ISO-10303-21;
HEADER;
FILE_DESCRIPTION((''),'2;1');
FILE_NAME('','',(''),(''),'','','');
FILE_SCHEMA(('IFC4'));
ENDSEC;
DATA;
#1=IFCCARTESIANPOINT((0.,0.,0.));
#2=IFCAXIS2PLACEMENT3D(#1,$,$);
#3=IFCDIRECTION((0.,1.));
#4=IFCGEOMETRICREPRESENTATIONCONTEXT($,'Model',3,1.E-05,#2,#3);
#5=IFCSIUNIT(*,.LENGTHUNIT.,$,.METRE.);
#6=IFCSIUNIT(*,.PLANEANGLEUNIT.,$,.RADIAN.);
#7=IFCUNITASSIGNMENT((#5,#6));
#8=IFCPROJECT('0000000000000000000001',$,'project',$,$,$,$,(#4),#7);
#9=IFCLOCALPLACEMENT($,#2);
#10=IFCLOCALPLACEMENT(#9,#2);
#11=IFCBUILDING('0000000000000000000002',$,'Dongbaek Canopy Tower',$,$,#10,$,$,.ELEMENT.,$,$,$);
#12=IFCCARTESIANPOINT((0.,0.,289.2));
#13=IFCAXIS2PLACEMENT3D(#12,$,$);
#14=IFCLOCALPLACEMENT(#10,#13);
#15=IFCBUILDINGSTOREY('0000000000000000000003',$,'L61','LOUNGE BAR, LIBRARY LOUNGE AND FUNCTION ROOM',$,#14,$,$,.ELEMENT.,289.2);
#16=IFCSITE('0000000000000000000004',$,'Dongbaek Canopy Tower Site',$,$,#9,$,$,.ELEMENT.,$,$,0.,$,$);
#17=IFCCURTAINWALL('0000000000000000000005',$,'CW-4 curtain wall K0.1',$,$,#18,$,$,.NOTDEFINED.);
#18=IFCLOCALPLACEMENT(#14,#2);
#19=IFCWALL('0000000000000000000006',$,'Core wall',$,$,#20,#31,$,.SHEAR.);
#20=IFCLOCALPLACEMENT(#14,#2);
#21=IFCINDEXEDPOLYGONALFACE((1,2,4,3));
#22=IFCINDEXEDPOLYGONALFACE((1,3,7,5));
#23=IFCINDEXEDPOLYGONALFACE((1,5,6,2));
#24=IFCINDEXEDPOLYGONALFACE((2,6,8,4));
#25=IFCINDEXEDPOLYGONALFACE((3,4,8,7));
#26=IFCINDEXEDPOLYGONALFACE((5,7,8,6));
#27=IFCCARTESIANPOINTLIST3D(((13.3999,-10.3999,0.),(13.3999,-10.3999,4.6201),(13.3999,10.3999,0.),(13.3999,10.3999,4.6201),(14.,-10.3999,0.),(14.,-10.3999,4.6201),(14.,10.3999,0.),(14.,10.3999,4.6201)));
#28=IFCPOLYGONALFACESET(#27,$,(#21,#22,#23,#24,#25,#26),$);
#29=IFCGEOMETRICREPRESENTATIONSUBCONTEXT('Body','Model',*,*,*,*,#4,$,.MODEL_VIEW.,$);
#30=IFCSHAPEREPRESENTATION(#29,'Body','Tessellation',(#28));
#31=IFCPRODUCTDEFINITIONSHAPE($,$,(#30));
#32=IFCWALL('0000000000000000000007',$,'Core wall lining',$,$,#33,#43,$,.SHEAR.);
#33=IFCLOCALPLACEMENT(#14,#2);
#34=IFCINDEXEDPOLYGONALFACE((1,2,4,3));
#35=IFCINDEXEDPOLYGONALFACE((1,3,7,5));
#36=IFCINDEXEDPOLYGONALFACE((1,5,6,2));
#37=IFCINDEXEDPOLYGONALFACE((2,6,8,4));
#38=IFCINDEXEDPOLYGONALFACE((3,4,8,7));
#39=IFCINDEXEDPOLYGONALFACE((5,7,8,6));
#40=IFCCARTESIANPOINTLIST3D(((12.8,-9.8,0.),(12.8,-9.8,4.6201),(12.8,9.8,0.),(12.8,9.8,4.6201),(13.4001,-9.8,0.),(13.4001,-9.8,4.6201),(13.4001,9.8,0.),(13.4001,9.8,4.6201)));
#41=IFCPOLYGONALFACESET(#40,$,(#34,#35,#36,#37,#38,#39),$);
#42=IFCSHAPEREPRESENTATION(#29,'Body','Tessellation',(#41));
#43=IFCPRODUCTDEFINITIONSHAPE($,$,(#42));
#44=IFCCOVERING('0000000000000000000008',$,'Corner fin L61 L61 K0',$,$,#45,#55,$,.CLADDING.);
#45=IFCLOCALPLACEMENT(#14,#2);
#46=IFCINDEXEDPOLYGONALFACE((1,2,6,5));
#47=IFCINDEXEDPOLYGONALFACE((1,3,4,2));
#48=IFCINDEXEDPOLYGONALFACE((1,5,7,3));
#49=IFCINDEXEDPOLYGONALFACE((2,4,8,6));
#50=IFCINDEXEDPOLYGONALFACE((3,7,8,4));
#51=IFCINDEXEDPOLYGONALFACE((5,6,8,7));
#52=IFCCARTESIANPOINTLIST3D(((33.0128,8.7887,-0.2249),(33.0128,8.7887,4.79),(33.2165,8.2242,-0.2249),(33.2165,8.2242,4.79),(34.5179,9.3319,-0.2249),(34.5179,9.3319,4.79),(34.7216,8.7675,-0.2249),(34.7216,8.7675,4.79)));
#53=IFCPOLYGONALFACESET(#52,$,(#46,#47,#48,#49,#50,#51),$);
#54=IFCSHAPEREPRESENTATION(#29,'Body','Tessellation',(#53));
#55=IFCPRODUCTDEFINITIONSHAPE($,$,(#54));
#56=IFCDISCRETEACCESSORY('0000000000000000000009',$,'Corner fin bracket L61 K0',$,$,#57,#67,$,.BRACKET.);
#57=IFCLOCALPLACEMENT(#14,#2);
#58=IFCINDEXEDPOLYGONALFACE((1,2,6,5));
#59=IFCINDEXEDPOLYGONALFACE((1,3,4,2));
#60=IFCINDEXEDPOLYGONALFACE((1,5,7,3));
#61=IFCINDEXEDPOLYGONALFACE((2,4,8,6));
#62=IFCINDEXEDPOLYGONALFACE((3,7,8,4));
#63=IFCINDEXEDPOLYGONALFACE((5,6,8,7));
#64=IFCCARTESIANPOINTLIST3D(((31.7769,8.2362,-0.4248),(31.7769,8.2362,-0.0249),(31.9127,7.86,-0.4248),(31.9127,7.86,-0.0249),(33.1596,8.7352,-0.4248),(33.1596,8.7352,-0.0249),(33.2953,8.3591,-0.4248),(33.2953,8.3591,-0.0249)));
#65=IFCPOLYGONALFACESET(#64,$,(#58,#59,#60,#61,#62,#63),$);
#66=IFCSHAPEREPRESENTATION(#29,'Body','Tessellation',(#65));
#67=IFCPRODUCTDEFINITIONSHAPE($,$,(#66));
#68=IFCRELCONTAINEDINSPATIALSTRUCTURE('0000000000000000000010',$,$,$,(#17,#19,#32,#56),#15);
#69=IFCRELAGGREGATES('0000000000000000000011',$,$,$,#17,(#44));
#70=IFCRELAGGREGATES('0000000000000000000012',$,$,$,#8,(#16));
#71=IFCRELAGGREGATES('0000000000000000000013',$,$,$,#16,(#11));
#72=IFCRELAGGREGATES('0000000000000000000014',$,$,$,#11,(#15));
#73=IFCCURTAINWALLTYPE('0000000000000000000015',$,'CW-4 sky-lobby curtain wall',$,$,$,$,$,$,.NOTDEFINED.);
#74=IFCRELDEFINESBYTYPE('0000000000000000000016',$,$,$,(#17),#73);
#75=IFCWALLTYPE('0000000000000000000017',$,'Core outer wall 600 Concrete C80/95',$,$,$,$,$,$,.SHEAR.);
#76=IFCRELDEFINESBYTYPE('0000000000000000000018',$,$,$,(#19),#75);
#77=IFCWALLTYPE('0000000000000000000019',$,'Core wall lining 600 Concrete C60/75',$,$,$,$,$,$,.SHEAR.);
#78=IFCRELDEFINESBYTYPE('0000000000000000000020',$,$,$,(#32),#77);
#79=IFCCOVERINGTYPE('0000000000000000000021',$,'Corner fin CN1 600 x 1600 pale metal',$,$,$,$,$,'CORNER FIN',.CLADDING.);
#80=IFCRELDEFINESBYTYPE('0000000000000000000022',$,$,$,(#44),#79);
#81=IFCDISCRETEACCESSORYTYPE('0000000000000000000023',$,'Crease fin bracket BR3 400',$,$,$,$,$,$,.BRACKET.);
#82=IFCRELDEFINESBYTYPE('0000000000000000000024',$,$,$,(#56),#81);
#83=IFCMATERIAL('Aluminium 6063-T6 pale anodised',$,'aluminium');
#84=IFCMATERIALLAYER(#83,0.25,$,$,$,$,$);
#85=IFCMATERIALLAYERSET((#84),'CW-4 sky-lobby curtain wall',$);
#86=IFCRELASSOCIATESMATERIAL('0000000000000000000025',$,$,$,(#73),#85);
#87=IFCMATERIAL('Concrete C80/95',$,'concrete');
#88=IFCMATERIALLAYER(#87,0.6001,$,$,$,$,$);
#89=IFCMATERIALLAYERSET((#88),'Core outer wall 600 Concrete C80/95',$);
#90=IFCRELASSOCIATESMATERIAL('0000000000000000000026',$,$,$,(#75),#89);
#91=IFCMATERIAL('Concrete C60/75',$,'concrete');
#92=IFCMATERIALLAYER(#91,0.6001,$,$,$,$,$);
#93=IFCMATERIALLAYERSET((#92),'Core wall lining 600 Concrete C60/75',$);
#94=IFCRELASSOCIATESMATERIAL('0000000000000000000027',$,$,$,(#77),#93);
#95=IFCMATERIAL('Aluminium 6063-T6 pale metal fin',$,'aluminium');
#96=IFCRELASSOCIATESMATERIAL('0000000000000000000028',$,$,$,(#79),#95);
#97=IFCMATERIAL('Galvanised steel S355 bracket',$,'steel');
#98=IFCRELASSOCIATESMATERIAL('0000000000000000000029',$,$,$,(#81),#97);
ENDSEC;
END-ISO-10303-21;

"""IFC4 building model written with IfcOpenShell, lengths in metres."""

from ifc_helpers import new_model, si_unit, direction, frame, frame_2d, origin, origin_2d, place, context, subcontext, project, spatial, rectangle, extrude, material, layer, layer_set, material_profile, profile_set, type_object, element, aggregate, save


model = new_model("IFC4")

# Units and contexts
model_context = context("Model", 3, precision=1e-05, world=origin(), true_north=direction((0.0, 1.0)))
body_context = subcontext(model_context, "Body", "Model", "MODEL_VIEW")
ifc_project = project(units=[si_unit("LENGTHUNIT", "METRE"), si_unit("PLANEANGLEUNIT", "RADIAN")], contexts=[model_context])

# Site, building, storey
site_placement = place(None, origin())
site = spatial("IfcSite", under=ifc_project, at=site_placement, Name="Dongbaek Canopy Tower Site", CompositionType="ELEMENT", RefElevation=0.0)
building_placement = place(site_placement, origin())
building = spatial("IfcBuilding", under=site, at=building_placement, Name="Dongbaek Canopy Tower", CompositionType="ELEMENT")
storey_placement = place(building_placement, frame((0.0, 0.0, 289.2)))
storey = spatial("IfcBuildingStorey", under=building, at=storey_placement, Name="L61", Description="LOUNGE BAR, LIBRARY LOUNGE AND FUNCTION ROOM", CompositionType="ELEMENT", Elevation=289.2)

# Curtain wall
ifc_material_1 = material(Name="Aluminium 6063-T6 pale anodised", Category="aluminium")
ifc_layer_1 = layer(ifc_material_1, 0.25)
ifc_layer_set_1 = layer_set([ifc_layer_1], Name="CW-4 sky-lobby curtain wall")
curtain_wall_type = type_object("IfcCurtainWallType", Name="CW-4 sky-lobby curtain wall", PredefinedType="NOTDEFINED", material=ifc_layer_set_1)
curtain_wall_1_placement = place(storey_placement, origin())
curtain_wall_1 = element("IfcCurtainWall", 1, at=curtain_wall_1_placement, inside=storey, type_object=curtain_wall_type, Name="CW-4 curtain wall K0.1", PredefinedType="NOTDEFINED")

# Walls
ifc_material_2 = material(Name="Concrete C80/95", Category="concrete")
ifc_layer_2 = layer(ifc_material_2, 0.6001)
ifc_layer_set_2 = layer_set([ifc_layer_2], Name="Core outer wall 600 Concrete C80/95")
wall_type_1 = type_object("IfcWallType", Name="Core outer wall 600 Concrete C80/95", PredefinedType="SHEAR", material=ifc_layer_set_2)
wall_1_placement = place(storey_placement, frame((13.7, 10.3999, 0.0), z_axis=(0.0, 0.0, 1.0), x_axis=(0.0, -1.0, 0.0)))
element("IfcWall", 2, at=wall_1_placement, inside=storey, type_object=wall_type_1, Name="Core wall", PredefinedType="SHEAR", context=body_context, shape_type="SweptSolid", body=[
    extrude(rectangle(XDim=20.7998, YDim=0.6001, at=frame_2d((10.3999, 0.0))), origin(), (0.0, 0.0, 1.0), 4.6201),
])
ifc_material_3 = material(Name="Concrete C60/75", Category="concrete")
ifc_layer_3 = layer(ifc_material_3, 0.6001)
ifc_layer_set_3 = layer_set([ifc_layer_3], Name="Core wall lining 600 Concrete C60/75")
wall_type_2 = type_object("IfcWallType", Name="Core wall lining 600 Concrete C60/75", PredefinedType="SHEAR", material=ifc_layer_set_3)
wall_2_placement = place(storey_placement, frame((13.1001, 9.8, 0.0), z_axis=(0.0, 0.0, 1.0), x_axis=(0.0, -1.0, 0.0)))
element("IfcWall", 3, at=wall_2_placement, inside=storey, type_object=wall_type_2, Name="Core wall lining", PredefinedType="SHEAR", context=body_context, shape_type="SweptSolid", body=[
    extrude(rectangle(XDim=19.6001, YDim=0.6001, at=frame_2d((9.8, 0.0))), origin(), (0.0, 0.0, 1.0), 4.6201),
])

# Covering
ifc_material_4 = material(Name="Aluminium 6063-T6 pale metal fin", Category="aluminium")
ifc_material_profile_1 = material_profile(ifc_material_4, rectangle(XDim=1.6001, YDim=0.6001, at=origin_2d()), Name="Corner fin CN1 600 x 1600 pale metal")
ifc_profile_set_1 = profile_set([ifc_material_profile_1], Name="Aluminium 6063-T6 pale metal fin")
covering_type = type_object("IfcCoveringType", Name="Corner fin CN1 600 x 1600 pale metal", ElementType="CORNER FIN", PredefinedType="CLADDING", material=ifc_profile_set_1)
covering_placement = place(storey_placement, frame((33.8672, 8.7781, -0.2249), z_axis=(0.0, 0.0, 1.0), x_axis=(0.940606, 0.339501, 0.0)))
covering = element("IfcCovering", 4, at=covering_placement, type_object=covering_type, Name="Corner fin L61 L61 K0", PredefinedType="CLADDING", context=body_context, shape_type="SweptSolid", body=[
    extrude(rectangle(XDim=1.6001, YDim=0.6001, at=origin_2d()), origin(), (0.0, 0.0, 1.0), 5.0149),
])
aggregate(curtain_wall_1, [covering])

# Discrete accessory
ifc_material_5 = material(Name="Galvanised steel S355 bracket", Category="steel")
discrete_accessory_type = type_object("IfcDiscreteAccessoryType", Name="Crease fin bracket BR3 400", PredefinedType="BRACKET", material=ifc_material_5)
discrete_accessory_placement = place(storey_placement, frame((32.5361, 8.2976, -0.4248), z_axis=(0.0, 0.0, 1.0), x_axis=(0.940606, 0.339501, 0.0)))
element("IfcDiscreteAccessory", 5, at=discrete_accessory_placement, inside=storey, type_object=discrete_accessory_type, Name="Corner fin bracket L61 K0", PredefinedType="BRACKET", context=body_context, shape_type="SweptSolid", body=[
    extrude(rectangle(XDim=1.47, YDim=0.3999, at=origin_2d()), origin(), (0.0, 0.0, 1.0), 0.3999),
])

save(model, "model.ifc")
